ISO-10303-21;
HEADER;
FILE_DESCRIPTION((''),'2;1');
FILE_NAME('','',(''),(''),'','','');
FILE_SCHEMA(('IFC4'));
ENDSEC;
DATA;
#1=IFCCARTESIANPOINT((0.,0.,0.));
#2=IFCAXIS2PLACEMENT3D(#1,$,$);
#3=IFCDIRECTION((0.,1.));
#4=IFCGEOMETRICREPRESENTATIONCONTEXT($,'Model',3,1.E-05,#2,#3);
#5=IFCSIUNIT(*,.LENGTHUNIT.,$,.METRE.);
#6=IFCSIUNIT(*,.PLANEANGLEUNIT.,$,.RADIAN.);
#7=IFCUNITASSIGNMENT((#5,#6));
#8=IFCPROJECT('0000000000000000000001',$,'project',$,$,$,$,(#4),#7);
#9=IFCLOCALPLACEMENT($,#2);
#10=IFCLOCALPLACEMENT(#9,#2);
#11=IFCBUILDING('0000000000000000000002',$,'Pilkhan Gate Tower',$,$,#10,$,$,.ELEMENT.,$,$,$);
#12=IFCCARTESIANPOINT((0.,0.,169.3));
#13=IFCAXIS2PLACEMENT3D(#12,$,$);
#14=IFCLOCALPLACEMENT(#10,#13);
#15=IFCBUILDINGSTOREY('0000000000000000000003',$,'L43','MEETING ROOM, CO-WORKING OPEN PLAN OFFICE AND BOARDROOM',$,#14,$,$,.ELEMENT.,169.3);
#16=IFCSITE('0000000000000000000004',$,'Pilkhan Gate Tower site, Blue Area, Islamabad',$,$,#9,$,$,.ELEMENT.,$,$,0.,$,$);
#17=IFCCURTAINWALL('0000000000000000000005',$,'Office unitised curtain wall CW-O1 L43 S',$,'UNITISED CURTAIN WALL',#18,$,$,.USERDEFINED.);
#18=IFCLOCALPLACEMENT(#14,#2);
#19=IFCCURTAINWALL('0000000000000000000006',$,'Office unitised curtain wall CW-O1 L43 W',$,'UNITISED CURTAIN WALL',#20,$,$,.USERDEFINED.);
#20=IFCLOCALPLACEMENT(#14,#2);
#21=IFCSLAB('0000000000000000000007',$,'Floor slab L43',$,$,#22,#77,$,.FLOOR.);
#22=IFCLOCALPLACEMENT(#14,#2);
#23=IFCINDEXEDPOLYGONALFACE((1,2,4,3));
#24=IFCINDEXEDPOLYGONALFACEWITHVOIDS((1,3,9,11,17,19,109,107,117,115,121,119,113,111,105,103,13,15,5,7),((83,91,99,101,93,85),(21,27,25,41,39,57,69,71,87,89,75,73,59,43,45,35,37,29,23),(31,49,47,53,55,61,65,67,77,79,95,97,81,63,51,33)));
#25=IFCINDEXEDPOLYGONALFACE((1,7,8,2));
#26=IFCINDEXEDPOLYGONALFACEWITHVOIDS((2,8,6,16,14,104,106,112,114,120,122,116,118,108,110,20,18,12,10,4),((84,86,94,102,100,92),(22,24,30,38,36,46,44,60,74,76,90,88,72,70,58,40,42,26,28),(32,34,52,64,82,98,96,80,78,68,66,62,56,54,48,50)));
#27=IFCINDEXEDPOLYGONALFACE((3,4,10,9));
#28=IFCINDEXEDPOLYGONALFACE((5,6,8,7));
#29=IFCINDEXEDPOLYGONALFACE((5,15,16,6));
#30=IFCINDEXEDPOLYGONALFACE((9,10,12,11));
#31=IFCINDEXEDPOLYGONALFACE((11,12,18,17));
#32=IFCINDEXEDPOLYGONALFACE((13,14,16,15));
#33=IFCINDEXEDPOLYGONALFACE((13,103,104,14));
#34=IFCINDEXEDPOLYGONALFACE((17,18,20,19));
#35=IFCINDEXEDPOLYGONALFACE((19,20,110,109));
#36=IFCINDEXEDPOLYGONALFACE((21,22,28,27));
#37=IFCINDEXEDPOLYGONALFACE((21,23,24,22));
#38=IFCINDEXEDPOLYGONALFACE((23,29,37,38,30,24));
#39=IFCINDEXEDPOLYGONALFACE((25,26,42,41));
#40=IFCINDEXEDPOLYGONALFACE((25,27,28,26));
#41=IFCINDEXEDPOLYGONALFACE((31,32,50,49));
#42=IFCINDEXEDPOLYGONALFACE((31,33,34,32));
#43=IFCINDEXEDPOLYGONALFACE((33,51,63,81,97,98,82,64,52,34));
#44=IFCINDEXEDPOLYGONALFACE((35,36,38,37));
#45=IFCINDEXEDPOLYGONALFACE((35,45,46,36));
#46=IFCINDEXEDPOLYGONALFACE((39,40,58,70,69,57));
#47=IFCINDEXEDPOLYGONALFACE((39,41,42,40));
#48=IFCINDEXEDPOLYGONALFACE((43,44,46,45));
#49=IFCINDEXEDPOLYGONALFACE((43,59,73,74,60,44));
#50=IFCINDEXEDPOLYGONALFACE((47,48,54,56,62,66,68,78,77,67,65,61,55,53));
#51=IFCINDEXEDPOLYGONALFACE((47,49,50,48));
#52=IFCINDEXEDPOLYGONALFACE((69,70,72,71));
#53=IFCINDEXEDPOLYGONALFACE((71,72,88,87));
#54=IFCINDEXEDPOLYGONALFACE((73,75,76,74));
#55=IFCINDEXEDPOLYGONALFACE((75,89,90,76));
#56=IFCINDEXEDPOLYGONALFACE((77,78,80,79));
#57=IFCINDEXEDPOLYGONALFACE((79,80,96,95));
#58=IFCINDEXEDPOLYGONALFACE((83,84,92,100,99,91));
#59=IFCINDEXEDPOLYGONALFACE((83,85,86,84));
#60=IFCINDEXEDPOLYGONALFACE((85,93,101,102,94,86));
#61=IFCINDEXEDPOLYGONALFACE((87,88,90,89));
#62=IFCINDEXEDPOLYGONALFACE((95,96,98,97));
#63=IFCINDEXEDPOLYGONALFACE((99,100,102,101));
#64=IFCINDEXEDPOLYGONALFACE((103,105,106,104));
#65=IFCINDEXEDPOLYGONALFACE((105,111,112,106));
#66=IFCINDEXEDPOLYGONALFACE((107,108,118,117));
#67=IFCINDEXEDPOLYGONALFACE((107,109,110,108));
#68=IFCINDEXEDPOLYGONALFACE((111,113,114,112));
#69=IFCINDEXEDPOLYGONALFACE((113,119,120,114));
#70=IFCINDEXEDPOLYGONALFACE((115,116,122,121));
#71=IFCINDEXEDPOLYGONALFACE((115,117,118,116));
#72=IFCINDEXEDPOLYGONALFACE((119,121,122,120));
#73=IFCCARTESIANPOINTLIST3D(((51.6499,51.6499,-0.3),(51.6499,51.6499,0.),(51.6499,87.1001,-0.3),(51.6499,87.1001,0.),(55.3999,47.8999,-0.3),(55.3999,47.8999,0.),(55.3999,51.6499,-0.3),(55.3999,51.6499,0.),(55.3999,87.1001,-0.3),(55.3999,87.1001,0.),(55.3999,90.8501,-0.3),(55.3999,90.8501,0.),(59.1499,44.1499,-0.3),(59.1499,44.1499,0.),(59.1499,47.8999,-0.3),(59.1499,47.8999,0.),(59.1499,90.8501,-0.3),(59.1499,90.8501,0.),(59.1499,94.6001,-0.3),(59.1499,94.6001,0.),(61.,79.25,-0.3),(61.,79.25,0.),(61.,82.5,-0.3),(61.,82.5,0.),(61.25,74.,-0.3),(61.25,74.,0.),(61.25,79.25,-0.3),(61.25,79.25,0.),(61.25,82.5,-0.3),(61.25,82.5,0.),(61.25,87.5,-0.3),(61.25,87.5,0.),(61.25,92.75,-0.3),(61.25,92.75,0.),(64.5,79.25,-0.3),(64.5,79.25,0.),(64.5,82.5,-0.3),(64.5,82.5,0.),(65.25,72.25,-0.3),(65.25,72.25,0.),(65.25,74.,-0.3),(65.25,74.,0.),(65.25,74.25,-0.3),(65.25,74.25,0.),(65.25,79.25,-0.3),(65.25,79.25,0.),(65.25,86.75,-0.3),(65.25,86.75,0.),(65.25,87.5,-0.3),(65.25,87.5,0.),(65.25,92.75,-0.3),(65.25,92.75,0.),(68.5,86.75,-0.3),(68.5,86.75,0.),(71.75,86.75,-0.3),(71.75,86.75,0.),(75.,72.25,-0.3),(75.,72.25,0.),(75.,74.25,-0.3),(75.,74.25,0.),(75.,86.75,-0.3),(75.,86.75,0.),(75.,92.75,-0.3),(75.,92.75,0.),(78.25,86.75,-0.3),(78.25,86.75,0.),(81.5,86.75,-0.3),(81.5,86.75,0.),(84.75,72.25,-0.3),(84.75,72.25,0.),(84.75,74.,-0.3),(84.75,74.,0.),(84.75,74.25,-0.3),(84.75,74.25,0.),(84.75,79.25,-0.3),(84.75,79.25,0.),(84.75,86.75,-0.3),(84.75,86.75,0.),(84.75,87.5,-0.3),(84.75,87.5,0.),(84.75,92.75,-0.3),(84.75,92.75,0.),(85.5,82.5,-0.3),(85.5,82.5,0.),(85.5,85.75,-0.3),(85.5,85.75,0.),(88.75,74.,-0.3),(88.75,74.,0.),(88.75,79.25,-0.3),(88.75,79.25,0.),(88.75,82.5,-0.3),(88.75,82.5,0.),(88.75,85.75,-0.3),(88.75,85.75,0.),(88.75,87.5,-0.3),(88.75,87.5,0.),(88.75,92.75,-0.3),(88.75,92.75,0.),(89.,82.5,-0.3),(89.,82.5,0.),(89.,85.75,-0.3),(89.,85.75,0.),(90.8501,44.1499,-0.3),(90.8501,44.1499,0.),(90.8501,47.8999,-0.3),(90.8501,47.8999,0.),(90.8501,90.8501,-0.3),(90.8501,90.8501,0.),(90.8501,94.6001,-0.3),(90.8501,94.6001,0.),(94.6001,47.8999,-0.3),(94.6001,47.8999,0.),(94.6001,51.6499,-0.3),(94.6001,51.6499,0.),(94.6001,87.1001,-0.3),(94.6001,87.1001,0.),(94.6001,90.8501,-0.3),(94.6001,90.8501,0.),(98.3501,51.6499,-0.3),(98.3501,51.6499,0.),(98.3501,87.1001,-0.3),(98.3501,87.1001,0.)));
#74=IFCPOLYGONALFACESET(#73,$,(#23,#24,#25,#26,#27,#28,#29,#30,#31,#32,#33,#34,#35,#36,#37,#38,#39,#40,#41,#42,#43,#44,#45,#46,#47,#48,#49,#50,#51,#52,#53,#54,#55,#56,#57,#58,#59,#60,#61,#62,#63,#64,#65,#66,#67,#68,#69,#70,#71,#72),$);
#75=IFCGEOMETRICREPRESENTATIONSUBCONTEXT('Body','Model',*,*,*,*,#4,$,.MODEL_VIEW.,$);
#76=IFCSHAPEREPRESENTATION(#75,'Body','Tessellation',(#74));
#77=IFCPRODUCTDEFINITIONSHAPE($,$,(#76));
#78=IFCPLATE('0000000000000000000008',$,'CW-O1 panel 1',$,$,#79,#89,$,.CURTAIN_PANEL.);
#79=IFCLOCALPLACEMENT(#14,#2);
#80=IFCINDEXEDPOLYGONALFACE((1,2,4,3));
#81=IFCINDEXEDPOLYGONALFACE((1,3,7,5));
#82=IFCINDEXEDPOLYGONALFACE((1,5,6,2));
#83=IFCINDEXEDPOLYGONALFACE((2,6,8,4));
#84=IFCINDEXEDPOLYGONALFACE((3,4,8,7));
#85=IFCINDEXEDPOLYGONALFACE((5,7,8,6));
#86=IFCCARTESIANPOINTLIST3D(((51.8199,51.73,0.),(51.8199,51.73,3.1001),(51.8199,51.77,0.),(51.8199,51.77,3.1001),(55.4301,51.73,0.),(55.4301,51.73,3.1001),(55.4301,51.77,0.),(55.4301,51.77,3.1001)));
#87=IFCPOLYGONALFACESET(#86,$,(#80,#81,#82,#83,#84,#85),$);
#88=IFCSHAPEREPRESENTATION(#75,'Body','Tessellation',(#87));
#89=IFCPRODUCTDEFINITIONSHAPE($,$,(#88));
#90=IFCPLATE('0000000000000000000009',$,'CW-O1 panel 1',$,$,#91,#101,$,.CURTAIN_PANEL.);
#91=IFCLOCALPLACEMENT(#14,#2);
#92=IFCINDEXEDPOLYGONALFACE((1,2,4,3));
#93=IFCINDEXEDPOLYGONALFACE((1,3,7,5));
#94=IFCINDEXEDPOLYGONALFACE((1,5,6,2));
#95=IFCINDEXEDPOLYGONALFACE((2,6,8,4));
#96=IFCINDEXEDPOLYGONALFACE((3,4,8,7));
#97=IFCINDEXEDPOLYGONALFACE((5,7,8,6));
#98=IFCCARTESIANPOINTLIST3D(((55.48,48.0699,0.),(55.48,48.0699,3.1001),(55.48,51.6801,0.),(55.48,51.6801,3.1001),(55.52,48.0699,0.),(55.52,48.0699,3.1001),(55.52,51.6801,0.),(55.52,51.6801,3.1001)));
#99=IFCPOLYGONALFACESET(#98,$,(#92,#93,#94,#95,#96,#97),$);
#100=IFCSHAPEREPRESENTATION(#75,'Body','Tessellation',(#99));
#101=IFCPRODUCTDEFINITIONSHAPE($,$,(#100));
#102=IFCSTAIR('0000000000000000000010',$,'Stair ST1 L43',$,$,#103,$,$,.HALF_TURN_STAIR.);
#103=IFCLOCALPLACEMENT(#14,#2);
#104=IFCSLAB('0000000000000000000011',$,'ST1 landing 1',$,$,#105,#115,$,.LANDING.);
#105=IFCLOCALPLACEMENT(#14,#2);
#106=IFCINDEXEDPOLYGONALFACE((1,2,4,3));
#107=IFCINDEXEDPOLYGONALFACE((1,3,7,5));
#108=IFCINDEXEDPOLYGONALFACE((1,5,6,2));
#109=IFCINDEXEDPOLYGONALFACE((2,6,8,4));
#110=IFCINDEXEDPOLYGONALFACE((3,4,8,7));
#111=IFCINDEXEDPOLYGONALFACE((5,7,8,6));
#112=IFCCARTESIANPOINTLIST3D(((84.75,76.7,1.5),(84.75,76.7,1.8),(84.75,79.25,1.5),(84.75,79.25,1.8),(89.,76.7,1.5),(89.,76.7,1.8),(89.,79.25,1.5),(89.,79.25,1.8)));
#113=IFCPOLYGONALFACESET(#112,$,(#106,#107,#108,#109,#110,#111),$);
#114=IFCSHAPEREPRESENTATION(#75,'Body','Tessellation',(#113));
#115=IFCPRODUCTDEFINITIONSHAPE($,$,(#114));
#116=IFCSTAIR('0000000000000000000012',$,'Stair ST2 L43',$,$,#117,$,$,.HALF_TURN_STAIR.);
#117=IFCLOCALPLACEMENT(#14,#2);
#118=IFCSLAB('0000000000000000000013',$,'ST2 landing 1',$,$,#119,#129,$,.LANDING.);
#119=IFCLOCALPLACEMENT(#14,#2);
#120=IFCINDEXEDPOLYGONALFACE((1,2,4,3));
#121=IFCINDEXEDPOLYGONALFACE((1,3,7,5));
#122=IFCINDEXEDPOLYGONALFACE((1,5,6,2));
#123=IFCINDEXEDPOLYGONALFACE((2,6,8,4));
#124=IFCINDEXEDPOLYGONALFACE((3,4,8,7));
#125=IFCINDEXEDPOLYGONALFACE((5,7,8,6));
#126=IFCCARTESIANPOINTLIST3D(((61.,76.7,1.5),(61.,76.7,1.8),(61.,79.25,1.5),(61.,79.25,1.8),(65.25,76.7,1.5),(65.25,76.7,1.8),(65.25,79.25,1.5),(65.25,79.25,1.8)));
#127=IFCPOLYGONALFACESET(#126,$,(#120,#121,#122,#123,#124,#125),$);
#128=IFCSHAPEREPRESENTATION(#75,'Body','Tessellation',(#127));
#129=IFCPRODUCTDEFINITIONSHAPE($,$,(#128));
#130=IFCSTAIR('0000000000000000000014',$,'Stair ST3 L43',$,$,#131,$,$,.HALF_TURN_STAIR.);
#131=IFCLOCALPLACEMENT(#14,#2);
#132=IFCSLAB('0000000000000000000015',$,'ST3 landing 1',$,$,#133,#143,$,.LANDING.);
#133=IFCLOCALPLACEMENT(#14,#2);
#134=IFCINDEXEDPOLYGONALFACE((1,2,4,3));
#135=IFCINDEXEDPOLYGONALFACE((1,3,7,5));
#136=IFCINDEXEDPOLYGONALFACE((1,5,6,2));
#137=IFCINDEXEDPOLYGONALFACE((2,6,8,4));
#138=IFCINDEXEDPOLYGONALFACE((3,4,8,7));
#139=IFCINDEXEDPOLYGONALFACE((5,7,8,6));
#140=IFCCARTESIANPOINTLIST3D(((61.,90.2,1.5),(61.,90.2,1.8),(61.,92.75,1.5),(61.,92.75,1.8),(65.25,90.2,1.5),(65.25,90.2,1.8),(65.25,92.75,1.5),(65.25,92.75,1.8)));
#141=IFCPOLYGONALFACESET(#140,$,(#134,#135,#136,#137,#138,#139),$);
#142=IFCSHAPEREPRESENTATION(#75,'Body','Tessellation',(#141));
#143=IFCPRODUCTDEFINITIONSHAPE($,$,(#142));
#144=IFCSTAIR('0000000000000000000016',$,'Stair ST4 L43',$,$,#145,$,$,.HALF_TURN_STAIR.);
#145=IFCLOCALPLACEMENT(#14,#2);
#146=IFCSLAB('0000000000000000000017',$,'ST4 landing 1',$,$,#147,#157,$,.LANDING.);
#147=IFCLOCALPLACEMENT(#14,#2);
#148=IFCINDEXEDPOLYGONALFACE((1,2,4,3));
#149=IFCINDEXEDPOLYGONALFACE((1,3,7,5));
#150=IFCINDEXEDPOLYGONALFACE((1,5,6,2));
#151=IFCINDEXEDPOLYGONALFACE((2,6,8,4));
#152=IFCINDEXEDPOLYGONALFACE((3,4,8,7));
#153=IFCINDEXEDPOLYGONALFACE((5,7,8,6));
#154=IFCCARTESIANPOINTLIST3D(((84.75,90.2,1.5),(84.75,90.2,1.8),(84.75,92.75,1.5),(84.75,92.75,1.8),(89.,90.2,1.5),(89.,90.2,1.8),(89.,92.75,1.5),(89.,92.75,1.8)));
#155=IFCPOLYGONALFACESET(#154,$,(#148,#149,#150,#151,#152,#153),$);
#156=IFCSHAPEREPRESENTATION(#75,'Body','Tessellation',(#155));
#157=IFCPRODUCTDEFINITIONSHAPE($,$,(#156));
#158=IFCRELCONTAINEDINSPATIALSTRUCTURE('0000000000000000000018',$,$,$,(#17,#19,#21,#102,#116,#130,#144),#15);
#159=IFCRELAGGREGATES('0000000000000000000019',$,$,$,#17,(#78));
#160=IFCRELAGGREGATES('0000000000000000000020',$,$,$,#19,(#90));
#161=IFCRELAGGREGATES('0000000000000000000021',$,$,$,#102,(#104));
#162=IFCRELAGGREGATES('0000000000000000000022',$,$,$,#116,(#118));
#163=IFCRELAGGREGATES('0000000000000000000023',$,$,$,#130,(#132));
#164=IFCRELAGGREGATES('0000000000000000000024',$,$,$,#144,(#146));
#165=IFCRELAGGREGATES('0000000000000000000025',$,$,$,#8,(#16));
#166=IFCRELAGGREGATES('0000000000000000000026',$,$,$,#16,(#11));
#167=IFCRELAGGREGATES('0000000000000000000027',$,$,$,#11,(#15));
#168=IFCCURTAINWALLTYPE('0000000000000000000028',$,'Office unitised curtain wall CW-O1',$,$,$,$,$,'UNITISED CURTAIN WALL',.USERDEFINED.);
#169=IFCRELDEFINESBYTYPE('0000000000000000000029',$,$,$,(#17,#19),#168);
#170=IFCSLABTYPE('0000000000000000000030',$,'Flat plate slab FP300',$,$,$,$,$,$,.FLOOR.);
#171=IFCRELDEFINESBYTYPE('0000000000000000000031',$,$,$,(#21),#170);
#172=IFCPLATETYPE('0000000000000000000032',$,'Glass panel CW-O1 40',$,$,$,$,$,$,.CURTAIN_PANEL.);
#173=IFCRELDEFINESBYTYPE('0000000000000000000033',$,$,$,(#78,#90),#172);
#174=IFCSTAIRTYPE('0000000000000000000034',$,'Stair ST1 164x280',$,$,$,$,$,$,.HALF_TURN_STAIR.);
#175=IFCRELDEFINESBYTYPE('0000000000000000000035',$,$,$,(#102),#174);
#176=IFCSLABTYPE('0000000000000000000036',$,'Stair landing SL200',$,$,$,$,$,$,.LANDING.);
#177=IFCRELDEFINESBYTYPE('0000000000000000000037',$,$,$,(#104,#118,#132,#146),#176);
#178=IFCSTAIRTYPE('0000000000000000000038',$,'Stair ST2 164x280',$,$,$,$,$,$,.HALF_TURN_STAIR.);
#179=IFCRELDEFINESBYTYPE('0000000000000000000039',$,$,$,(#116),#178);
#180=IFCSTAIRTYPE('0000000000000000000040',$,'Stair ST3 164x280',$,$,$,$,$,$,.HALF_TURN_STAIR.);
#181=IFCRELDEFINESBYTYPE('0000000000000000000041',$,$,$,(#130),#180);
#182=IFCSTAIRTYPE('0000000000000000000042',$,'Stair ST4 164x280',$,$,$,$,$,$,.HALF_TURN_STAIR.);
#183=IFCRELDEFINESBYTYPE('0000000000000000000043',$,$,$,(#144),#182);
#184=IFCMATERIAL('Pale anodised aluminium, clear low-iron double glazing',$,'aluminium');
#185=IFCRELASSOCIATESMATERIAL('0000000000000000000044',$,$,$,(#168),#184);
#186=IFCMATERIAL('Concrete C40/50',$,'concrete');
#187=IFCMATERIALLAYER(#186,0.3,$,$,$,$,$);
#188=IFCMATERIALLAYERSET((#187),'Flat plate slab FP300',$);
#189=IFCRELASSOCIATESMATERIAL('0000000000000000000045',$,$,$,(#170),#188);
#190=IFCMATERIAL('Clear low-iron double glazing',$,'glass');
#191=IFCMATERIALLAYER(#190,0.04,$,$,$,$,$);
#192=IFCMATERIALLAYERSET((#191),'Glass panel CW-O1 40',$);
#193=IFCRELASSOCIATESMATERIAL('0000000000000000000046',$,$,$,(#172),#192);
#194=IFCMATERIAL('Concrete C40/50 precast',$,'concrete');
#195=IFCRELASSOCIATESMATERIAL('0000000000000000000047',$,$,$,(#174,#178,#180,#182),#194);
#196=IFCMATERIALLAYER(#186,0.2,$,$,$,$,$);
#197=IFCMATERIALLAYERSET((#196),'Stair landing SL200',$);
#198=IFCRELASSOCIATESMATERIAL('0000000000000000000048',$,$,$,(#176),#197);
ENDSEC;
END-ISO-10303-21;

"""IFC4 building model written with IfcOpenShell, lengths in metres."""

from ifc_helpers import new_model, si_unit, direction, frame, origin, origin_2d, place, context, subcontext, project, spatial, polyline, rectangle, outline, extrude, material, layer, layer_set, type_object, element, aggregate, save


model = new_model("IFC4")

# Units and contexts
model_context = context("Model", 3, precision=1e-05, world=origin(), true_north=direction((0.0, 1.0)))
body_context = subcontext(model_context, "Body", "Model", "MODEL_VIEW")
ifc_project = project(units=[si_unit("LENGTHUNIT", "METRE"), si_unit("PLANEANGLEUNIT", "RADIAN")], contexts=[model_context])

# Site, building, storey
site_placement = place(None, origin())
site = spatial("IfcSite", under=ifc_project, at=site_placement, Name="Pilkhan Gate Tower site, Blue Area, Islamabad", CompositionType="ELEMENT", RefElevation=0.0)
building_placement = place(site_placement, origin())
building = spatial("IfcBuilding", under=site, at=building_placement, Name="Pilkhan Gate Tower", CompositionType="ELEMENT")
storey_placement = place(building_placement, frame((0.0, 0.0, 169.3)))
storey = spatial("IfcBuildingStorey", under=building, at=storey_placement, Name="L43", Description="MEETING ROOM, CO-WORKING OPEN PLAN OFFICE AND BOARDROOM", CompositionType="ELEMENT", Elevation=169.3)

# Shared definitions
ifc_material_1 = material(Name="Pale anodised aluminium, clear low-iron double glazing", Category="aluminium")
curtain_wall_type = type_object("IfcCurtainWallType", Name="Office unitised curtain wall CW-O1", ElementType="UNITISED CURTAIN WALL", PredefinedType="USERDEFINED", material=ifc_material_1)

# Curtain walls
curtain_wall_1_placement = place(storey_placement, origin())
curtain_wall_1 = element("IfcCurtainWall", 1, at=curtain_wall_1_placement, inside=storey, type_object=curtain_wall_type, Name="Office unitised curtain wall CW-O1 L43 S", ObjectType="UNITISED CURTAIN WALL", PredefinedType="USERDEFINED")
curtain_wall_2_placement = place(storey_placement, origin())
curtain_wall_2 = element("IfcCurtainWall", 2, at=curtain_wall_2_placement, inside=storey, type_object=curtain_wall_type, Name="Office unitised curtain wall CW-O1 L43 W", ObjectType="UNITISED CURTAIN WALL", PredefinedType="USERDEFINED")

# Slab
ifc_material_2 = material(Name="Concrete C40/50", Category="concrete")
ifc_layer_1 = layer(ifc_material_2, 0.3)
ifc_layer_set_1 = layer_set([ifc_layer_1], Name="Flat plate slab FP300")
slab_type_1 = type_object("IfcSlabType", Name="Flat plate slab FP300", PredefinedType="FLOOR", material=ifc_layer_set_1)
slab_1_placement = place(storey_placement, frame((0.0, 0.0, -0.3)))
element("IfcSlab", 3, at=slab_1_placement, inside=storey, type_object=slab_type_1, Name="Floor slab L43", PredefinedType="FLOOR", context=body_context, shape_type="SweptSolid", body=[
    extrude(outline(polyline([(94.6001, 47.8999), (90.8501, 47.8999), (90.8501, 44.1499), (59.1499, 44.1499), (59.1499, 47.8999), (55.3999, 47.8999), (55.3999, 51.6499), (51.6499, 51.6499), (51.6499, 87.1001), (55.3999, 87.1001), (55.3999, 90.8501), (59.1499, 90.8501), (59.1499, 94.6001), (90.8501, 94.6001), (90.8501, 90.8501), (94.6001, 90.8501), (94.6001, 87.1001), (98.3501, 87.1001), (98.3501, 51.6499), (94.6001, 51.6499), (94.6001, 47.8999)]), holes=[polyline([(75.0, 72.25), (84.75, 72.25), (84.75, 74.0), (88.75, 74.0), (88.75, 79.25), (84.75, 79.25), (84.75, 74.25), (75.0, 74.25), (65.25, 74.25), (65.25, 79.25), (64.5, 79.25), (64.5, 82.5), (61.25, 82.5), (61.0, 82.5), (61.0, 79.25), (61.25, 79.25), (61.25, 74.0), (65.25, 74.0), (65.25, 72.25), (75.0, 72.25)]), polyline([(68.5, 86.75), (71.75, 86.75), (75.0, 86.75), (78.25, 86.75), (81.5, 86.75), (84.75, 86.75), (84.75, 87.5), (88.75, 87.5), (88.75, 92.75), (84.75, 92.75), (75.0, 92.75), (65.25, 92.75), (61.25, 92.75), (61.25, 87.5), (65.25, 87.5), (65.25, 86.75), (68.5, 86.75)]), polyline([(85.5, 85.75), (85.5, 82.5), (88.75, 82.5), (89.0, 82.5), (89.0, 85.75), (88.75, 85.75), (85.5, 85.75)])]), origin(), (0.0, 0.0, 1.0), 0.3),
])

# Plates
ifc_material_3 = material(Name="Clear low-iron double glazing", Category="glass")
ifc_layer_2 = layer(ifc_material_3, 0.04)
ifc_layer_set_2 = layer_set([ifc_layer_2], Name="Glass panel CW-O1 40")
plate_type = type_object("IfcPlateType", Name="Glass panel CW-O1 40", PredefinedType="CURTAIN_PANEL", material=ifc_layer_set_2)
plate_1_placement = place(storey_placement, frame((53.625, 51.75, 0.0), z_axis=(0.0, 0.0, 1.0), x_axis=(1.0, 0.0, 0.0)))
plate_1 = element("IfcPlate", 4, at=plate_1_placement, type_object=plate_type, Name="CW-O1 panel 1", PredefinedType="CURTAIN_PANEL", context=body_context, shape_type="SweptSolid", body=[
    extrude(rectangle(XDim=3.6101, YDim=0.04, at=origin_2d()), origin(), (0.0, 0.0, 1.0), 3.1001),
])
aggregate(curtain_wall_1, [plate_1])
plate_2_placement = place(storey_placement, frame((55.5, 49.875, 0.0), z_axis=(0.0, 0.0, 1.0), x_axis=(0.0, 1.0, 0.0)))
plate_2 = element("IfcPlate", 5, at=plate_2_placement, type_object=plate_type, Name="CW-O1 panel 1", PredefinedType="CURTAIN_PANEL", context=body_context, shape_type="SweptSolid", body=[
    extrude(rectangle(XDim=3.6101, YDim=0.04, at=origin_2d()), origin(), (0.0, 0.0, 1.0), 3.1001),
])
aggregate(curtain_wall_2, [plate_2])

# Stairs, slabs
ifc_material_4 = material(Name="Concrete C40/50 precast", Category="concrete")
stair_type_1 = type_object("IfcStairType", Name="Stair ST1 164x280", PredefinedType="HALF_TURN_STAIR", material=ifc_material_4)
stair_1_placement = place(storey_placement, origin())
stair_1 = element("IfcStair", 6, at=stair_1_placement, inside=storey, type_object=stair_type_1, Name="Stair ST1 L43", PredefinedType="HALF_TURN_STAIR")
ifc_layer_3 = layer(ifc_material_2, 0.2)
ifc_layer_set_3 = layer_set([ifc_layer_3], Name="Stair landing SL200")
slab_type_2 = type_object("IfcSlabType", Name="Stair landing SL200", PredefinedType="LANDING", material=ifc_layer_set_3)
slab_2_placement = place(storey_placement, frame((0.0, 0.0, 1.5)))
slab_2 = element("IfcSlab", 7, at=slab_2_placement, type_object=slab_type_2, Name="ST1 landing 1", PredefinedType="LANDING", context=body_context, shape_type="SweptSolid", body=[
    extrude(outline(polyline([(89.0, 76.7), (89.0, 79.25), (84.75, 79.25), (84.75, 76.7), (89.0, 76.7)])), origin(), (0.0, 0.0, 1.0), 0.3),
])
aggregate(stair_1, [slab_2])
stair_type_2 = type_object("IfcStairType", Name="Stair ST2 164x280", PredefinedType="HALF_TURN_STAIR", material=ifc_material_4)
stair_2_placement = place(storey_placement, origin())
stair_2 = element("IfcStair", 8, at=stair_2_placement, inside=storey, type_object=stair_type_2, Name="Stair ST2 L43", PredefinedType="HALF_TURN_STAIR")
slab_3_placement = place(storey_placement, frame((0.0, 0.0, 1.5)))
slab_3 = element("IfcSlab", 9, at=slab_3_placement, type_object=slab_type_2, Name="ST2 landing 1", PredefinedType="LANDING", context=body_context, shape_type="SweptSolid", body=[
    extrude(outline(polyline([(65.25, 76.7), (65.25, 79.25), (61.0, 79.25), (61.0, 76.7), (65.25, 76.7)])), origin(), (0.0, 0.0, 1.0), 0.3),
])
aggregate(stair_2, [slab_3])
stair_type_3 = type_object("IfcStairType", Name="Stair ST3 164x280", PredefinedType="HALF_TURN_STAIR", material=ifc_material_4)
stair_3_placement = place(storey_placement, origin())
stair_3 = element("IfcStair", 10, at=stair_3_placement, inside=storey, type_object=stair_type_3, Name="Stair ST3 L43", PredefinedType="HALF_TURN_STAIR")
slab_4_placement = place(storey_placement, frame((0.0, 0.0, 1.5)))
slab_4 = element("IfcSlab", 11, at=slab_4_placement, type_object=slab_type_2, Name="ST3 landing 1", PredefinedType="LANDING", context=body_context, shape_type="SweptSolid", body=[
    extrude(outline(polyline([(65.25, 90.2), (65.25, 92.75), (61.0, 92.75), (61.0, 90.2), (65.25, 90.2)])), origin(), (0.0, 0.0, 1.0), 0.3),
])
aggregate(stair_3, [slab_4])
stair_type_4 = type_object("IfcStairType", Name="Stair ST4 164x280", PredefinedType="HALF_TURN_STAIR", material=ifc_material_4)
stair_4_placement = place(storey_placement, origin())
stair_4 = element("IfcStair", 12, at=stair_4_placement, inside=storey, type_object=stair_type_4, Name="Stair ST4 L43", PredefinedType="HALF_TURN_STAIR")
slab_5_placement = place(storey_placement, frame((0.0, 0.0, 1.5)))
slab_5 = element("IfcSlab", 13, at=slab_5_placement, type_object=slab_type_2, Name="ST4 landing 1", PredefinedType="LANDING", context=body_context, shape_type="SweptSolid", body=[
    extrude(outline(polyline([(89.0, 90.2), (89.0, 92.75), (84.75, 92.75), (84.75, 90.2), (89.0, 90.2)])), origin(), (0.0, 0.0, 1.0), 0.3),
])
aggregate(stair_4, [slab_5])

save(model, "model.ifc")
